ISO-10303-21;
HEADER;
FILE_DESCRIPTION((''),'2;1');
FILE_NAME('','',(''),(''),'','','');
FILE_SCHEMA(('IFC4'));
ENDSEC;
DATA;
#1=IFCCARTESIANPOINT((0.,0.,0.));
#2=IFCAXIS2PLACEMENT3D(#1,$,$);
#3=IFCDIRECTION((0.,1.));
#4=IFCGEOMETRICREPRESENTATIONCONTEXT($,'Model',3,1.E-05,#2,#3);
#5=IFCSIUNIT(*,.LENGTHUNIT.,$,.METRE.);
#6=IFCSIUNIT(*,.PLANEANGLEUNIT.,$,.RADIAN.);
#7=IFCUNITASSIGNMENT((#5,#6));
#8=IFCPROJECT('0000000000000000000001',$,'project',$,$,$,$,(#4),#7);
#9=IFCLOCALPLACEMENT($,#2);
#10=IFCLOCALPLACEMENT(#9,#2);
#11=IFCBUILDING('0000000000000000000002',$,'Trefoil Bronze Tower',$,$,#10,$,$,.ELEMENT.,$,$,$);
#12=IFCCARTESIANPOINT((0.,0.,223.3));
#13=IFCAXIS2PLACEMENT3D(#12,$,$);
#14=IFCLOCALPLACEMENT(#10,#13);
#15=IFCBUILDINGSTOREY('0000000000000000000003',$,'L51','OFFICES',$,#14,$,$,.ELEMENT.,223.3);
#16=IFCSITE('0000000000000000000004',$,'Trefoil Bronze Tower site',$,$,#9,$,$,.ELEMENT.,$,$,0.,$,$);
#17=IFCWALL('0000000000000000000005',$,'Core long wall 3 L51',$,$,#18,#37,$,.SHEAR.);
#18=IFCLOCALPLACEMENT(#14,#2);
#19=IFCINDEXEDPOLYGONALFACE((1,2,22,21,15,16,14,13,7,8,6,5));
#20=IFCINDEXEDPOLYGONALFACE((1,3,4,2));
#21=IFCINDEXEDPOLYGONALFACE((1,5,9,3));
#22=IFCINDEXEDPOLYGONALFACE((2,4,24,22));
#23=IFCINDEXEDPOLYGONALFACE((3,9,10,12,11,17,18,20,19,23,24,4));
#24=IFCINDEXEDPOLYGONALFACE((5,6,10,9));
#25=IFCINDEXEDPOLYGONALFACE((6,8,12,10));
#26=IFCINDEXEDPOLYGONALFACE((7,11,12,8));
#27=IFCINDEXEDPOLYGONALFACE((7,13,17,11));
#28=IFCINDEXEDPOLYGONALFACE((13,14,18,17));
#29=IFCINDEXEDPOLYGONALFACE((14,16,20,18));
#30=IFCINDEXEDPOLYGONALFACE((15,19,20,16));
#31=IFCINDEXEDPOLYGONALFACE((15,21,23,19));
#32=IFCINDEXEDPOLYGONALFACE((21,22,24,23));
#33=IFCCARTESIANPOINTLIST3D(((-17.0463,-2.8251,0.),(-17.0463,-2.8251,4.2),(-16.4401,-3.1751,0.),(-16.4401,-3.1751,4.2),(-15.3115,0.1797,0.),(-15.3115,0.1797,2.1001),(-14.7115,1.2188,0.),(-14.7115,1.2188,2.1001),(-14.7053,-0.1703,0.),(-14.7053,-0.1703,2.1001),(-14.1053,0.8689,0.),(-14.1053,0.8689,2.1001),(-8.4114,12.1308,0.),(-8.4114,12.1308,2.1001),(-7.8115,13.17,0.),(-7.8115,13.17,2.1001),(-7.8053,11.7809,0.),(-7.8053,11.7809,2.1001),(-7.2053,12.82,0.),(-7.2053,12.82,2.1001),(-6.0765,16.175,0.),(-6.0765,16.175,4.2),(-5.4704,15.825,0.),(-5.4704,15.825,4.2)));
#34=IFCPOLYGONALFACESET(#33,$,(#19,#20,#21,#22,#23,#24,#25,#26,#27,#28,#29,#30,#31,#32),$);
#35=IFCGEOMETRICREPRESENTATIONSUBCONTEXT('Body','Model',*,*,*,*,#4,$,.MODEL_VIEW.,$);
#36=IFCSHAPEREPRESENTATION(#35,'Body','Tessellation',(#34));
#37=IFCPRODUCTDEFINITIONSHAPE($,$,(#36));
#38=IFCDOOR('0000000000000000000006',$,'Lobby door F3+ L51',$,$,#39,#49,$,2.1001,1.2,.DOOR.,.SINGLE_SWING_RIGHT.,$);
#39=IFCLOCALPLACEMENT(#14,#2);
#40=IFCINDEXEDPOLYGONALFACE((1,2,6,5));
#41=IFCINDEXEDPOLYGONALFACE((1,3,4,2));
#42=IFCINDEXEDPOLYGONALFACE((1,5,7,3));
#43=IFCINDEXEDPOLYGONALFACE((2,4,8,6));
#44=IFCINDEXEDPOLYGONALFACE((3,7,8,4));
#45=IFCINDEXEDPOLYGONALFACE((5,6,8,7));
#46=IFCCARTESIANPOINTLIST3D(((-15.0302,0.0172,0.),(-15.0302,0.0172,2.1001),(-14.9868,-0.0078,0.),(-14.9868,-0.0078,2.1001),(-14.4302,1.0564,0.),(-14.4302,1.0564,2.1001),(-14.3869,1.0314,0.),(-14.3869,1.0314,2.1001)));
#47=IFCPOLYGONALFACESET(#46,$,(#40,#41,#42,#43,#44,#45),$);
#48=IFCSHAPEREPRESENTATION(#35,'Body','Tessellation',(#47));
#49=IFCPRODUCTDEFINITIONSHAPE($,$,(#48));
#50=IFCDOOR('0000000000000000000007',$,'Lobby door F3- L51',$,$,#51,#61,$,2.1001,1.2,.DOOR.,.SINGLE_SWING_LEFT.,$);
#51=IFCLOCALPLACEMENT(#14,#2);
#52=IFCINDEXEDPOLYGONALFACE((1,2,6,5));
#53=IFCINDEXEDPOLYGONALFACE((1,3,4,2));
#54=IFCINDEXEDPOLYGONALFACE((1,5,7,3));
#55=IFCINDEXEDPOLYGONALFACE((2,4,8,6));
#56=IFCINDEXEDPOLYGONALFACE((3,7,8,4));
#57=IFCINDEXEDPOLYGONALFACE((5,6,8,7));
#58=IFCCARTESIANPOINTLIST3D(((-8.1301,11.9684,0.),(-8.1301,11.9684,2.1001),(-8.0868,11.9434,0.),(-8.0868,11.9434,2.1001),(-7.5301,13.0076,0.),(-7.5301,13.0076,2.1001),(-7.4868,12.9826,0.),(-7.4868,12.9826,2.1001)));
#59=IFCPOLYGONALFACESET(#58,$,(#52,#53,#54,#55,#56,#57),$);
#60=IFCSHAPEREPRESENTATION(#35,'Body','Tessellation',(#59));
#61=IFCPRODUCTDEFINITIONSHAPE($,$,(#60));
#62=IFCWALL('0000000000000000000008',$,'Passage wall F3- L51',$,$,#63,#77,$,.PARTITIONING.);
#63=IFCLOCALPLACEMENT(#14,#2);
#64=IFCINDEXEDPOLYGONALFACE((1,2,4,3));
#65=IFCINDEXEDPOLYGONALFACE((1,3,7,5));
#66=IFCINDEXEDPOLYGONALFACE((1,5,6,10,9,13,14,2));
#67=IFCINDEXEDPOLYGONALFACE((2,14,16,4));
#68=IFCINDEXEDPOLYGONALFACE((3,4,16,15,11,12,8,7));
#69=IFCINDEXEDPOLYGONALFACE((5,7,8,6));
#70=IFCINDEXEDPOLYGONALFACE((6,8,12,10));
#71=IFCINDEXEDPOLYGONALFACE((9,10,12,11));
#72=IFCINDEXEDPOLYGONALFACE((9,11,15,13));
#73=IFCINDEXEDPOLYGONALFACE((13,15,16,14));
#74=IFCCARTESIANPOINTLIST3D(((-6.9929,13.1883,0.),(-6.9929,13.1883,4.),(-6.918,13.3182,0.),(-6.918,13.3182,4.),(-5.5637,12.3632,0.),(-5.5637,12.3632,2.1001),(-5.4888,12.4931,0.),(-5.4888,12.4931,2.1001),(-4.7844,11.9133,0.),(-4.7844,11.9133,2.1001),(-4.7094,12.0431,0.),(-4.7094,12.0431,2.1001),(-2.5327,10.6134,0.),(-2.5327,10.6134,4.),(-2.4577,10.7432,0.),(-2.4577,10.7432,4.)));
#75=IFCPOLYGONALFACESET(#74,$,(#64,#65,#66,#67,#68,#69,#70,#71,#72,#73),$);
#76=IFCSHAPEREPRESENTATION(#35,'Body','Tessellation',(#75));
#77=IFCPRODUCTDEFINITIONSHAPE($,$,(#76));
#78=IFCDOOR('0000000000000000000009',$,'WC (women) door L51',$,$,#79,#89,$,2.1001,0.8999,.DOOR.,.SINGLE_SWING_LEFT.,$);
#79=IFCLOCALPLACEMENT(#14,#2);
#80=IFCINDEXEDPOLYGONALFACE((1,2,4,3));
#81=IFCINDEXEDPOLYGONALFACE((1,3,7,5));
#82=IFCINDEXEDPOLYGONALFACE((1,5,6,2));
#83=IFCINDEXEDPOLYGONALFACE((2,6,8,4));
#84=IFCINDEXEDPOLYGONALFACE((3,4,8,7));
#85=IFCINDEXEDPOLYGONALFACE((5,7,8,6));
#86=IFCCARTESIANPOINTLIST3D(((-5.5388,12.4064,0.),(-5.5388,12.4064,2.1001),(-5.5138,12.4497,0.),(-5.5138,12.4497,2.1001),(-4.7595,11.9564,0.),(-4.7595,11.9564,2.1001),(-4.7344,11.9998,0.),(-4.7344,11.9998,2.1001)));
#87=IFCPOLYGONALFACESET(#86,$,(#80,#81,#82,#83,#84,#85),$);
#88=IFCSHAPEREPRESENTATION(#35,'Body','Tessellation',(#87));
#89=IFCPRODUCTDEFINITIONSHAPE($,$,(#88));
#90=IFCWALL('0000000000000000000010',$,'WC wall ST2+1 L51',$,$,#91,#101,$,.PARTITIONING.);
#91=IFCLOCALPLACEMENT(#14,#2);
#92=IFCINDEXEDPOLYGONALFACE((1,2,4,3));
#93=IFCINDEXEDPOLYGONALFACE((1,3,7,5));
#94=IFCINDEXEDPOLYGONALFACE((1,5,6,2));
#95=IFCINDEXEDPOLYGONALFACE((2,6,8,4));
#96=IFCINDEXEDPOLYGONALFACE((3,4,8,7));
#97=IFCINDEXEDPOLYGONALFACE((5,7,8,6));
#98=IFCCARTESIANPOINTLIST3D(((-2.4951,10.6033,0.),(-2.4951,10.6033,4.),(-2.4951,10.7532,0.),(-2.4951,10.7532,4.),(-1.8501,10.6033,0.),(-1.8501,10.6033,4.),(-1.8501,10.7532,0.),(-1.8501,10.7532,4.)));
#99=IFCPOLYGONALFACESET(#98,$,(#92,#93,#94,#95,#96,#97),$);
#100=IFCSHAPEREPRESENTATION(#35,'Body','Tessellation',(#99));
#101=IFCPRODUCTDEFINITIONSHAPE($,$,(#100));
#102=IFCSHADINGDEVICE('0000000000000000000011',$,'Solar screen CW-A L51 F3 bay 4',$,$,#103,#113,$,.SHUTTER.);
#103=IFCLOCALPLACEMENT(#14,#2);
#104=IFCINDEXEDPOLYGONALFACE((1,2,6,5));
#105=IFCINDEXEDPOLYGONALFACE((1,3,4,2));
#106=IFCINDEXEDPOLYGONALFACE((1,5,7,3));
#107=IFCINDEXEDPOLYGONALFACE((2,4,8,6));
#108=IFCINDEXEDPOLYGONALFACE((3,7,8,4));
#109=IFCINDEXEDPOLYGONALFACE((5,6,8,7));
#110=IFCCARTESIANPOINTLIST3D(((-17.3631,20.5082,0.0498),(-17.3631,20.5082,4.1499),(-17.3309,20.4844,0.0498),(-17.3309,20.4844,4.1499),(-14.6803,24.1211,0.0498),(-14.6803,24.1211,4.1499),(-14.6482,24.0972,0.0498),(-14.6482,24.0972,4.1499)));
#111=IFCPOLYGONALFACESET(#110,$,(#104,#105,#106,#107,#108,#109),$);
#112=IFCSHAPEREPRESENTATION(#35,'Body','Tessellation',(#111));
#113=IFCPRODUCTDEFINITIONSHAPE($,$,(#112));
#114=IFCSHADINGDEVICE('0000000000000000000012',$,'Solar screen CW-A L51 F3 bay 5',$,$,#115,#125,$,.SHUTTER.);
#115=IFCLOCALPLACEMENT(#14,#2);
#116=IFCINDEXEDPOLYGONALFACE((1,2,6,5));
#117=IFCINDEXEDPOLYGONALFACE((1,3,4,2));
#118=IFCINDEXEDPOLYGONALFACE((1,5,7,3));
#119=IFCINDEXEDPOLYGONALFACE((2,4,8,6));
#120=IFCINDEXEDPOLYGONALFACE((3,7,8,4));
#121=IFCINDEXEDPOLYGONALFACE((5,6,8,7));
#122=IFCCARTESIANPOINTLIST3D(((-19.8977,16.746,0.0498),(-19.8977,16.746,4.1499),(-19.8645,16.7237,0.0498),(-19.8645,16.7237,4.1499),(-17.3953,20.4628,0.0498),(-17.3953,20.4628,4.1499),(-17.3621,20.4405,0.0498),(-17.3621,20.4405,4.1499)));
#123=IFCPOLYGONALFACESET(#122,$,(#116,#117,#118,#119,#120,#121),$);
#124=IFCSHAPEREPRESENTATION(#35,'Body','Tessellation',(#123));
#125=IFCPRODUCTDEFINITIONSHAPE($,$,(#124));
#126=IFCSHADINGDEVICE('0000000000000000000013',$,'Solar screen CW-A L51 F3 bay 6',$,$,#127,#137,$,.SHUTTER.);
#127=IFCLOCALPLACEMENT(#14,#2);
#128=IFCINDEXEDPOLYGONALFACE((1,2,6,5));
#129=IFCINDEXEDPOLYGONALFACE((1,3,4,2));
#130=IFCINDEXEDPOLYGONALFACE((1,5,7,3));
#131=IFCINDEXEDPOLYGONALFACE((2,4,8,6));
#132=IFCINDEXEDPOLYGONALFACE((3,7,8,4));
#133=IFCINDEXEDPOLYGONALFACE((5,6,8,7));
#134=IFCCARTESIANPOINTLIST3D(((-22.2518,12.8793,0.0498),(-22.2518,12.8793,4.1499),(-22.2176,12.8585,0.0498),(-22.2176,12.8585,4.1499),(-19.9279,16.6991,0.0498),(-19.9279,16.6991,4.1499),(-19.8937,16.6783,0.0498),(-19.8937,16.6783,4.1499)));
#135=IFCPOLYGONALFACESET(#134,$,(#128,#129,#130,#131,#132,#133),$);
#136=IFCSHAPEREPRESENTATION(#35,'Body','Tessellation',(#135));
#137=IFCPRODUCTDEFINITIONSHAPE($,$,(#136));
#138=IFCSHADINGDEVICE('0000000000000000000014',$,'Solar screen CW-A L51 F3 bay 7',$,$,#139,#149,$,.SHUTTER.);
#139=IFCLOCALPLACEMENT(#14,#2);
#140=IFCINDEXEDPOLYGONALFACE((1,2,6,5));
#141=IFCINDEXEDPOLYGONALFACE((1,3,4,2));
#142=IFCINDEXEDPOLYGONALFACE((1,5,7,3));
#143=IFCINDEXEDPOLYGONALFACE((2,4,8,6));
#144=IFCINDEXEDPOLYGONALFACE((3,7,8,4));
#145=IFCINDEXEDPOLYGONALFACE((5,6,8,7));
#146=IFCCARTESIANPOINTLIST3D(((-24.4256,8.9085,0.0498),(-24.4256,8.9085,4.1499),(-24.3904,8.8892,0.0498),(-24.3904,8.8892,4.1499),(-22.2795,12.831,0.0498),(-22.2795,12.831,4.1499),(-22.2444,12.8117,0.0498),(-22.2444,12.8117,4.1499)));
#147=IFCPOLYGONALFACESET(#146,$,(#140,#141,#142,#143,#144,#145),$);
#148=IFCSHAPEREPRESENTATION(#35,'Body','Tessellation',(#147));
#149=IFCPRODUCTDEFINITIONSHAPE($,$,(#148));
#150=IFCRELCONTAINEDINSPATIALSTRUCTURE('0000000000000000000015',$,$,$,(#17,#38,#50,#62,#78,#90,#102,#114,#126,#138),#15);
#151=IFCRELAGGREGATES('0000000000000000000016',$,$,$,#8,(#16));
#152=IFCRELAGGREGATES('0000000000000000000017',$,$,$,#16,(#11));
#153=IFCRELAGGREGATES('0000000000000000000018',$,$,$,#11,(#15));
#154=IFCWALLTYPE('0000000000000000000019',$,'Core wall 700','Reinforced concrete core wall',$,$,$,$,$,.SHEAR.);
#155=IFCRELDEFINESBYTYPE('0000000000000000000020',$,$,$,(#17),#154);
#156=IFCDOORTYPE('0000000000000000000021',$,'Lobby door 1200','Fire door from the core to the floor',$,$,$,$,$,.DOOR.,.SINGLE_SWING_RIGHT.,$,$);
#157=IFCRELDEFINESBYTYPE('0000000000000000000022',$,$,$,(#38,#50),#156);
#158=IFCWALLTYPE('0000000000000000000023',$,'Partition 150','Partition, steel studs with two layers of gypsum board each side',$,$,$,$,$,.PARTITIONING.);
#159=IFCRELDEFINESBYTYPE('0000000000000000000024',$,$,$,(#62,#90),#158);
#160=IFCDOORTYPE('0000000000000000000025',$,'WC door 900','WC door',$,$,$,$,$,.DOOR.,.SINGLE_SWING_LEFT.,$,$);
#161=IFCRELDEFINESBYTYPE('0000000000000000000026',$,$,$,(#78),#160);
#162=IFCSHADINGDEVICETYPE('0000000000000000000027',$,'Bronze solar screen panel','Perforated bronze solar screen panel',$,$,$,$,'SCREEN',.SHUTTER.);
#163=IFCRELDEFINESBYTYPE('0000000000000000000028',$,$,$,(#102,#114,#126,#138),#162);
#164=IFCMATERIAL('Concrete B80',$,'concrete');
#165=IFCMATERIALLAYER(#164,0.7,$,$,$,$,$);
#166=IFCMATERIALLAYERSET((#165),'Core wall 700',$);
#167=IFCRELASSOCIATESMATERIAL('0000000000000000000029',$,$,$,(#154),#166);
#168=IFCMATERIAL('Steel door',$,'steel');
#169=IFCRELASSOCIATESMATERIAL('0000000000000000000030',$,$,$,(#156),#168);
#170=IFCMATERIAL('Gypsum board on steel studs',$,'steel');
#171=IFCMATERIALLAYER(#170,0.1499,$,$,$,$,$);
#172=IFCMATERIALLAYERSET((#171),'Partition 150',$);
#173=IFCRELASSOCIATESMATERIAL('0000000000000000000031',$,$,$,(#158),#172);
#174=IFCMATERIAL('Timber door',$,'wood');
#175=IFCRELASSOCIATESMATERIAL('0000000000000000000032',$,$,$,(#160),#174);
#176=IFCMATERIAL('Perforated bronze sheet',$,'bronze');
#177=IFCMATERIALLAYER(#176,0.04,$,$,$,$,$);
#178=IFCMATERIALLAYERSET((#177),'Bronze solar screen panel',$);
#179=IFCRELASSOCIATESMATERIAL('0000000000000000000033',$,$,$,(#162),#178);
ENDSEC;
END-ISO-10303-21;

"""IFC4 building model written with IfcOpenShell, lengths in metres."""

from ifc_helpers import new_model, si_unit, direction, frame, frame_2d, origin, origin_2d, place, context, subcontext, project, spatial, rectangle, extrude, material, layer, layer_set, type_object, element, fill, save


model = new_model("IFC4")

# Units and contexts
model_context = context("Model", 3, precision=1e-05, world=origin(), true_north=direction((0.0, 1.0)))
body_context = subcontext(model_context, "Body", "Model", "MODEL_VIEW")
ifc_project = project(units=[si_unit("LENGTHUNIT", "METRE"), si_unit("PLANEANGLEUNIT", "RADIAN")], contexts=[model_context])

# Site, building, storey
site_placement = place(None, origin())
site = spatial("IfcSite", under=ifc_project, at=site_placement, Name="Trefoil Bronze Tower site", CompositionType="ELEMENT", RefElevation=0.0)
building_placement = place(site_placement, origin())
building = spatial("IfcBuilding", under=site, at=building_placement, Name="Trefoil Bronze Tower", CompositionType="ELEMENT")
storey_placement = place(building_placement, frame((0.0, 0.0, 223.3)))
storey = spatial("IfcBuildingStorey", under=building, at=storey_placement, Name="L51", Description="OFFICES", CompositionType="ELEMENT", Elevation=223.3)

# Wall, openings, doors
ifc_material_1 = material(Name="Concrete B80", Category="concrete")
ifc_layer_1 = layer(ifc_material_1, 0.7)
ifc_layer_set_1 = layer_set([ifc_layer_1], Name="Core wall 700")
wall_type_1 = type_object("IfcWallType", Name="Core wall 700", Description="Reinforced concrete core wall", PredefinedType="SHEAR", material=ifc_layer_set_1)
wall_1_placement = place(storey_placement, frame((-5.7734, 16.0, 0.0), z_axis=(0.0, 0.0, 1.0), x_axis=(-0.500002, -0.866024, 0.0)))
wall_1 = element("IfcWall", 1, at=wall_1_placement, inside=storey, type_object=wall_type_1, Name="Core long wall 3 L51", PredefinedType="SHEAR", context=body_context, shape_type="SweptSolid", body=[
    extrude(rectangle(XDim=21.9395, YDim=0.7, at=frame_2d((10.9697, 0.0))), origin(), (0.0, 0.0, 1.0), 4.2),
])
opening_1_placement = place(wall_1_placement, frame((17.2698, 0.0, 0.0)))
opening_1 = element("IfcOpeningElement", 2, at=opening_1_placement, cuts=wall_1, PredefinedType="OPENING", context=body_context, shape_type="SweptSolid", body=[
    extrude(rectangle(XDim=1.2, YDim=2.1001, at=frame_2d((0.6001, 1.05))), frame((0.0, 0.3599, 0.0), z_axis=(0.0, -1.0, 0.0), x_axis=(1.0, 0.0, 0.0)), (0.0, 0.0, 1.0), 0.72),
])
opening_2_placement = place(wall_1_placement, frame((3.4697, 0.0, 0.0)))
opening_2 = element("IfcOpeningElement", 3, at=opening_2_placement, cuts=wall_1, PredefinedType="OPENING", context=body_context, shape_type="SweptSolid", body=[
    extrude(rectangle(XDim=1.2, YDim=2.1001, at=frame_2d((0.6001, 1.05))), frame((0.0, 0.3599, 0.0), z_axis=(0.0, -1.0, 0.0), x_axis=(1.0, 0.0, 0.0)), (0.0, 0.0, 1.0), 0.72),
])
ifc_material_2 = material(Name="Steel door", Category="steel")
door_type_1 = type_object("IfcDoorType", Name="Lobby door 1200", Description="Fire door from the core to the floor", OperationType="SINGLE_SWING_RIGHT", PredefinedType="DOOR", material=ifc_material_2)
door_1_placement = place(opening_1_placement, origin())
door_1 = element("IfcDoor", 4, at=door_1_placement, inside=storey, type_object=door_type_1, Name="Lobby door F3+ L51", OperationType="SINGLE_SWING_RIGHT", OverallHeight=2.1001, OverallWidth=1.2, PredefinedType="DOOR", context=body_context, shape_type="SweptSolid", body=[
    extrude(rectangle(XDim=1.2, YDim=2.1001, at=frame_2d((0.6001, 1.05))), frame((0.0, 0.0249, 0.0), z_axis=(0.0, -1.0, 0.0), x_axis=(1.0, 0.0, 0.0)), (0.0, 0.0, 1.0), 0.05),
])
fill(opening_1, door_1)
door_2_placement = place(opening_2_placement, origin())
door_2 = element("IfcDoor", 5, at=door_2_placement, inside=storey, type_object=door_type_1, Name="Lobby door F3- L51", OperationType="SINGLE_SWING_LEFT", OverallHeight=2.1001, OverallWidth=1.2, PredefinedType="DOOR", context=body_context, shape_type="SweptSolid", body=[
    extrude(rectangle(XDim=1.2, YDim=2.1001, at=frame_2d((0.6001, 1.05))), frame((0.0, 0.0249, 0.0), z_axis=(0.0, -1.0, 0.0), x_axis=(1.0, 0.0, 0.0)), (0.0, 0.0, 1.0), 0.05),
])
fill(opening_2, door_2)

# Wall, opening, door
ifc_material_3 = material(Name="Gypsum board on steel studs", Category="steel")
ifc_layer_2 = layer(ifc_material_3, 0.1499)
ifc_layer_set_2 = layer_set([ifc_layer_2], Name="Partition 150")
wall_type_2 = type_object("IfcWallType", Name="Partition 150", Description="Partition, steel studs with two layers of gypsum board each side", PredefinedType="PARTITIONING", material=ifc_layer_set_2)
wall_2_placement = place(storey_placement, frame((-2.4951, 10.6782, 0.0), z_axis=(0.0, 0.0, 1.0), x_axis=(-0.866038, 0.499978, 0.0)))
wall_2 = element("IfcWall", 6, at=wall_2_placement, inside=storey, type_object=wall_type_2, Name="Passage wall F3- L51", PredefinedType="PARTITIONING", context=body_context, shape_type="SweptSolid", body=[
    extrude(rectangle(XDim=5.1501, YDim=0.1499, at=frame_2d((2.5752, 0.0))), origin(), (0.0, 0.0, 1.0), 4.0),
])
opening_3_placement = place(wall_2_placement, frame((2.6001, 0.0, 0.0)))
opening_3 = element("IfcOpeningElement", 7, at=opening_3_placement, cuts=wall_2, PredefinedType="OPENING", context=body_context, shape_type="SweptSolid", body=[
    extrude(rectangle(XDim=0.8999, YDim=2.1001, at=frame_2d((0.45, 1.05))), frame((0.0, 0.085, 0.0), z_axis=(0.0, -1.0, 0.0), x_axis=(1.0, 0.0, 0.0)), (0.0, 0.0, 1.0), 0.1699),
])
ifc_material_4 = material(Name="Timber door", Category="wood")
door_type_2 = type_object("IfcDoorType", Name="WC door 900", Description="WC door", OperationType="SINGLE_SWING_LEFT", PredefinedType="DOOR", material=ifc_material_4)
door_3_placement = place(opening_3_placement, frame((0.8999, 0.0, 0.0), z_axis=(0.0, 0.0, 1.0), x_axis=(-1.0, 0.0, 0.0)))
door_3 = element("IfcDoor", 8, at=door_3_placement, inside=storey, type_object=door_type_2, Name="WC (women) door L51", OperationType="SINGLE_SWING_LEFT", OverallHeight=2.1001, OverallWidth=0.8999, PredefinedType="DOOR", context=body_context, shape_type="SweptSolid", body=[
    extrude(rectangle(XDim=0.8999, YDim=2.1001, at=frame_2d((0.45, 1.05))), frame((0.0, 0.0249, 0.0), z_axis=(0.0, -1.0, 0.0), x_axis=(1.0, 0.0, 0.0)), (0.0, 0.0, 1.0), 0.05),
])
fill(opening_3, door_3)

# Wall
wall_3_placement = place(storey_placement, frame((-2.4951, 10.6782, 0.0), z_axis=(0.0, 0.0, 1.0), x_axis=(1.0, 0.0, 0.0)))
element("IfcWall", 9, at=wall_3_placement, inside=storey, type_object=wall_type_2, Name="WC wall ST2+1 L51", PredefinedType="PARTITIONING", context=body_context, shape_type="SweptSolid", body=[
    extrude(rectangle(XDim=0.645, YDim=0.1499, at=frame_2d((0.3225, 0.0))), origin(), (0.0, 0.0, 1.0), 4.0),
])

# Shading devices
ifc_material_5 = material(Name="Perforated bronze sheet", Category="bronze")
ifc_layer_3 = layer(ifc_material_5, 0.04)
ifc_layer_set_3 = layer_set([ifc_layer_3], Name="Bronze solar screen panel")
shading_device_type = type_object("IfcShadingDeviceType", Name="Bronze solar screen panel", Description="Perforated bronze solar screen panel", ElementType="SCREEN", PredefinedType="SHUTTER", material=ifc_layer_set_3)
shading_device_1_placement = place(storey_placement, frame((-16.0056, 22.3027, 0.0498), z_axis=(0.0, 0.0, 1.0), x_axis=(-0.596162, -0.802865, 0.0)))
element("IfcShadingDevice", 10, at=shading_device_1_placement, inside=storey, type_object=shading_device_type, Name="Solar screen CW-A L51 F3 bay 4", PredefinedType="SHUTTER", context=body_context, shape_type="SweptSolid", body=[
    extrude(rectangle(XDim=4.5, YDim=0.04, at=origin_2d()), origin(), (0.0, 0.0, 1.0), 4.1001),
])
shading_device_2_placement = place(storey_placement, frame((-18.6299, 18.5933, 0.0498), z_axis=(0.0, 0.0, 1.0), x_axis=(-0.558493, -0.829509, 0.0)))
element("IfcShadingDevice", 11, at=shading_device_2_placement, inside=storey, type_object=shading_device_type, Name="Solar screen CW-A L51 F3 bay 5", PredefinedType="SHUTTER", context=body_context, shape_type="SweptSolid", body=[
    extrude(rectangle(XDim=4.4807, YDim=0.04, at=origin_2d()), origin(), (0.0, 0.0, 1.0), 4.1001),
])
for number, where, z_axis, x_axis, name in (
    (12, (-21.0728, 14.7788, 0.0498), (0.0, 0.0, 1.0), (-0.519762, -0.854311, 0.0), "Solar screen CW-A L51 F3 bay 6"),
    (13, (-23.335, 10.8601, 0.0498), (0.0, 0.0, 1.0), (-0.479974, -0.877283, 0.0), "Solar screen CW-A L51 F3 bay 7"),
):
    element("IfcShadingDevice", number, at=place(storey_placement, frame(where, z_axis=z_axis, x_axis=x_axis)), inside=storey, type_object=shading_device_type, Name=name, PredefinedType="SHUTTER", context=body_context, shape_type="SweptSolid", body=[
        extrude(rectangle(XDim=4.4712, YDim=0.04, at=origin_2d()), origin(), (0.0, 0.0, 1.0), 4.1001),
    ])

save(model, "model.ifc")
